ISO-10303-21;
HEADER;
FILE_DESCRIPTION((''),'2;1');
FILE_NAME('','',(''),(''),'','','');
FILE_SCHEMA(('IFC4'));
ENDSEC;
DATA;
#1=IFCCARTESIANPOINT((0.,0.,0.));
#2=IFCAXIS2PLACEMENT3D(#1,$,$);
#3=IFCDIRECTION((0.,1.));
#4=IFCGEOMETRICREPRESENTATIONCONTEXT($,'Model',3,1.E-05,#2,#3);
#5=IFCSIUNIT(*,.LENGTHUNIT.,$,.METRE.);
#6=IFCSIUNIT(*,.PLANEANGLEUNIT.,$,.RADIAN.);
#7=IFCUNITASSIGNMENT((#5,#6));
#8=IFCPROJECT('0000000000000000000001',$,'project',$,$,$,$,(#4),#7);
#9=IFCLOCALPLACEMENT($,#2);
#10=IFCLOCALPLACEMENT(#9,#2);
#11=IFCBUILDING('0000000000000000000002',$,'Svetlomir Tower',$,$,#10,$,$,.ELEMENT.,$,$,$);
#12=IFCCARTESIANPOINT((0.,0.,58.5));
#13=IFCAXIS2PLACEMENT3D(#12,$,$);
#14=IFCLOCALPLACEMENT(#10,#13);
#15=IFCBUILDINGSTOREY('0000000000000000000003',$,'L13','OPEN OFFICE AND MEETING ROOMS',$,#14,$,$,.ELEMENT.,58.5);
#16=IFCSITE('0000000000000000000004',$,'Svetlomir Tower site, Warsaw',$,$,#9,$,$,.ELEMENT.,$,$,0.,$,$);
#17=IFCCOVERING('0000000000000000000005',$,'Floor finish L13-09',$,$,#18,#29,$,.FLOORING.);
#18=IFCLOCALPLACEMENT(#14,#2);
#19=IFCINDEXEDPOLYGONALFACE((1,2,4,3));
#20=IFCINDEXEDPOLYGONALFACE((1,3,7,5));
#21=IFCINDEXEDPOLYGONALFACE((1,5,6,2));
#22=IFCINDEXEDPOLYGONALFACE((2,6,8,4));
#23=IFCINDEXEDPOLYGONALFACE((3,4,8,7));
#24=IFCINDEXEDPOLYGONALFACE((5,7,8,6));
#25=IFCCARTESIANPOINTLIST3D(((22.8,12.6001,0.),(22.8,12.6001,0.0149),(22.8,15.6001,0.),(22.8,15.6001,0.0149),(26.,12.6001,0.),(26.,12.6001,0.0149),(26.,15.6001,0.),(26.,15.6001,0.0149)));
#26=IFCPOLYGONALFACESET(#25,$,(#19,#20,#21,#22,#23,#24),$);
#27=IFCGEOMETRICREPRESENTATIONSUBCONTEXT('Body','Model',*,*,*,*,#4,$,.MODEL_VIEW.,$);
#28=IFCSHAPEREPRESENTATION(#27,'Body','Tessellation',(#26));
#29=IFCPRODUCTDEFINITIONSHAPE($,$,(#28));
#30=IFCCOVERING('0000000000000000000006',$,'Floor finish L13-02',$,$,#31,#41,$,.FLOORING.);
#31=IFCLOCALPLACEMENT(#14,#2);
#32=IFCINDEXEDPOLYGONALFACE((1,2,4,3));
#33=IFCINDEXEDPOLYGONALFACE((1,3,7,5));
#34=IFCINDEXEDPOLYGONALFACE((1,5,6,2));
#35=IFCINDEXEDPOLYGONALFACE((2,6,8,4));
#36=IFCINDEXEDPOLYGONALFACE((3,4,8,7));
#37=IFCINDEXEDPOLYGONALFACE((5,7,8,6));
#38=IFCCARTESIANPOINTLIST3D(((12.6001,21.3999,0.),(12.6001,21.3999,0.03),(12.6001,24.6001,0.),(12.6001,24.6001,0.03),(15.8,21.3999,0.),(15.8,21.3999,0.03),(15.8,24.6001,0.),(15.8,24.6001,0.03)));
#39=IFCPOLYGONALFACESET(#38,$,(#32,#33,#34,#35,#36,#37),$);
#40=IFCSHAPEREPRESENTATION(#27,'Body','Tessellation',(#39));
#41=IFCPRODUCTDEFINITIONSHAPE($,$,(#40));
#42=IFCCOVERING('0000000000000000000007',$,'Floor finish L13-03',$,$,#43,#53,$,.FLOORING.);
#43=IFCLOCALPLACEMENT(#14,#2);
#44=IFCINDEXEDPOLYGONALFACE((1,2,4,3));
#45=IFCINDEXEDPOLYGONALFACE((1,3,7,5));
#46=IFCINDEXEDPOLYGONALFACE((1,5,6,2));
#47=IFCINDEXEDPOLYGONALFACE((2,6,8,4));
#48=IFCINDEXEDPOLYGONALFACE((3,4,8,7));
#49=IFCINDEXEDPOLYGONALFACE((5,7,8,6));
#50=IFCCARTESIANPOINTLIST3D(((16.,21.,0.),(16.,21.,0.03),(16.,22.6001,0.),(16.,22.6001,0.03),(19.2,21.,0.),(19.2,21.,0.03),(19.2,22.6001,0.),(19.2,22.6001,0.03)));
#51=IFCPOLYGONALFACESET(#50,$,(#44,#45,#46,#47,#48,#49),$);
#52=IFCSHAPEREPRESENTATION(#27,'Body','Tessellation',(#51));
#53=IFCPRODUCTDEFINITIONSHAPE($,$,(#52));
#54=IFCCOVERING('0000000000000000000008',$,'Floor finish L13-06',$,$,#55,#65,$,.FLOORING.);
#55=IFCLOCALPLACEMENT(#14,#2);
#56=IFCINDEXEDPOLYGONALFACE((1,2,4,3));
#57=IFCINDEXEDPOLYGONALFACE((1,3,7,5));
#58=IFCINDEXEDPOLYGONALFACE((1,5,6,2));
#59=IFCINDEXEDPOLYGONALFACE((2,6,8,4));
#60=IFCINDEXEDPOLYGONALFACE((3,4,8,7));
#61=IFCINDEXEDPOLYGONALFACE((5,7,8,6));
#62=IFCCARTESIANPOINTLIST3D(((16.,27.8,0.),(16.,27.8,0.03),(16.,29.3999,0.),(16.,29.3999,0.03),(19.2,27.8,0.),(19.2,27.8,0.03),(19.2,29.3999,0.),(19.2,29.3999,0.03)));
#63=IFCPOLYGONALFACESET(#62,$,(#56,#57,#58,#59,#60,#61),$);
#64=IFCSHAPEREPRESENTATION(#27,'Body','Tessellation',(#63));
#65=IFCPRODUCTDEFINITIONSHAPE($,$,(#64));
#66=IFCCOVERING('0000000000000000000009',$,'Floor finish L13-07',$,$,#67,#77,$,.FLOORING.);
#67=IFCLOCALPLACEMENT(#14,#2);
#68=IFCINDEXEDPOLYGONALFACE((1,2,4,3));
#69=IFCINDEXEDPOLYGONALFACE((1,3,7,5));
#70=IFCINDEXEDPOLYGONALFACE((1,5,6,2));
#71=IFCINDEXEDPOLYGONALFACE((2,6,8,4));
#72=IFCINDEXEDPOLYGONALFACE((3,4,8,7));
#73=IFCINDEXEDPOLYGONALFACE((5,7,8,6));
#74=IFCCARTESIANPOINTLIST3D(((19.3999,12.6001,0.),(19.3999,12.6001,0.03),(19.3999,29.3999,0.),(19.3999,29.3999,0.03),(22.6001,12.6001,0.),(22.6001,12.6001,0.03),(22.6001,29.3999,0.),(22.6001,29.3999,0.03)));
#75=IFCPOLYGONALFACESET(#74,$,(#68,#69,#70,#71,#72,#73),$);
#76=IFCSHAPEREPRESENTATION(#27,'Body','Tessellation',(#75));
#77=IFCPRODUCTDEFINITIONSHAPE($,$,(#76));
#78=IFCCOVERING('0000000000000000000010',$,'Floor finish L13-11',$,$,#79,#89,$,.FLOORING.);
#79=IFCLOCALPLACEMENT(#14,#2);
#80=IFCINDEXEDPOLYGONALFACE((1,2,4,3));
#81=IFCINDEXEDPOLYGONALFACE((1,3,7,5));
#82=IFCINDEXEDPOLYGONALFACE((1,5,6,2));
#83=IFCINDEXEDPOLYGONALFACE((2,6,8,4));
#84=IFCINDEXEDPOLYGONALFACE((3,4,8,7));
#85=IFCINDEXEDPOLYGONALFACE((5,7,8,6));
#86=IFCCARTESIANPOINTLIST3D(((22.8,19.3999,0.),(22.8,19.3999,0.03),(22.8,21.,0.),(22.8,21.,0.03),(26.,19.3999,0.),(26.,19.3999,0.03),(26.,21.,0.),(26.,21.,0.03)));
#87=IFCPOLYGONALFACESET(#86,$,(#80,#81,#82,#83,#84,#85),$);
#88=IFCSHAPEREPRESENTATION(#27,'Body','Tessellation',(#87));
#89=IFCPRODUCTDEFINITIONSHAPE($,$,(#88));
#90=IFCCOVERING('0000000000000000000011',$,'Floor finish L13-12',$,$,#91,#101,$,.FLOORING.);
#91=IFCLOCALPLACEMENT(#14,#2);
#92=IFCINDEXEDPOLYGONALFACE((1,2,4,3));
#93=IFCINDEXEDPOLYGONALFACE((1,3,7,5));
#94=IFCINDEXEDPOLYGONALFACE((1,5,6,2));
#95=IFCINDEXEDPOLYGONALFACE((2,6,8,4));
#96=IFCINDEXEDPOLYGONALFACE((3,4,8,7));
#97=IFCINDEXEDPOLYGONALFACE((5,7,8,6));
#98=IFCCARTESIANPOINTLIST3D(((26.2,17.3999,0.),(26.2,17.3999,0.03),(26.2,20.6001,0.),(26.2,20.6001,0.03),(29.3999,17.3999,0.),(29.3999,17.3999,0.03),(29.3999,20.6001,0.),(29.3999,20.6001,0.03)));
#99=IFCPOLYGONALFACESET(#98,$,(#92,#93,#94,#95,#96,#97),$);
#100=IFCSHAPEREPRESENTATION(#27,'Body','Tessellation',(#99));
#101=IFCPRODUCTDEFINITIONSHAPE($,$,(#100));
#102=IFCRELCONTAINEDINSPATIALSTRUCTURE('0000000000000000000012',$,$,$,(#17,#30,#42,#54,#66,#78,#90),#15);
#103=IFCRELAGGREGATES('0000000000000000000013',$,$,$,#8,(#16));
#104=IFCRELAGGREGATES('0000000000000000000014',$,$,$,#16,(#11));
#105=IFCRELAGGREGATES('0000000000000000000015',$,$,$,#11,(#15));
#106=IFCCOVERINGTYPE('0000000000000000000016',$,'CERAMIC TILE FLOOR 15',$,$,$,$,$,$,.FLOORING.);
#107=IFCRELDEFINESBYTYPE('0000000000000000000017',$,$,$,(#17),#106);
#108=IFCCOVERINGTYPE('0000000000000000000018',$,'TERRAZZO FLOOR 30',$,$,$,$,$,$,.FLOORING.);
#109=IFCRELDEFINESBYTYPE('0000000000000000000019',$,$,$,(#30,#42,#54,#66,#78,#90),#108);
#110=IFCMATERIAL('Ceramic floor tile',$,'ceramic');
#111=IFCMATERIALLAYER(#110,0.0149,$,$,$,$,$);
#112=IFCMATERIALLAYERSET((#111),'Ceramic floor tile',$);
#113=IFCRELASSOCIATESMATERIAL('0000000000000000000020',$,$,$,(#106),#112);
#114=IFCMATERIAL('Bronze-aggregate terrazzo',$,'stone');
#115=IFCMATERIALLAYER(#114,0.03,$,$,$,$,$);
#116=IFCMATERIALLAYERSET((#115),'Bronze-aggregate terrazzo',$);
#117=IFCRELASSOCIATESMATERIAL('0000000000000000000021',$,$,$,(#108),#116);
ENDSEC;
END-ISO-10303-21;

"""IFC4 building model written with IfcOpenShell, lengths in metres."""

from ifc_helpers import new_model, si_unit, direction, frame, origin, place, context, subcontext, project, spatial, polyline, outline, extrude, material, layer, layer_set, type_object, element, save


model = new_model("IFC4")

# Units and contexts
model_context = context("Model", 3, precision=1e-05, world=origin(), true_north=direction((0.0, 1.0)))
body_context = subcontext(model_context, "Body", "Model", "MODEL_VIEW")
ifc_project = project(units=[si_unit("LENGTHUNIT", "METRE"), si_unit("PLANEANGLEUNIT", "RADIAN")], contexts=[model_context])

# Site, building, storey
site_placement = place(None, origin())
site = spatial("IfcSite", under=ifc_project, at=site_placement, Name="Svetlomir Tower site, Warsaw", CompositionType="ELEMENT", RefElevation=0.0)
building_placement = place(site_placement, origin())
building = spatial("IfcBuilding", under=site, at=building_placement, Name="Svetlomir Tower", CompositionType="ELEMENT")
storey_placement = place(building_placement, frame((0.0, 0.0, 58.5)))
storey = spatial("IfcBuildingStorey", under=building, at=storey_placement, Name="L13", Description="OPEN OFFICE AND MEETING ROOMS", CompositionType="ELEMENT", Elevation=58.5)

# Coverings
ifc_material_1 = material(Name="Ceramic floor tile", Category="ceramic")
ifc_layer_1 = layer(ifc_material_1, 0.0149)
ifc_layer_set_1 = layer_set([ifc_layer_1], Name="Ceramic floor tile")
covering_type_1 = type_object("IfcCoveringType", Name="CERAMIC TILE FLOOR 15", PredefinedType="FLOORING", material=ifc_layer_set_1)
covering_1_placement = place(storey_placement, origin())
element("IfcCovering", 1, at=covering_1_placement, inside=storey, type_object=covering_type_1, Name="Floor finish L13-09", PredefinedType="FLOORING", context=body_context, shape_type="SweptSolid", body=[
    extrude(outline(polyline([(22.8, 12.6001), (26.0, 12.6001), (26.0, 15.6001), (22.8, 15.6001), (22.8, 12.6001)])), origin(), (0.0, 0.0, 1.0), 0.0149),
])
ifc_material_2 = material(Name="Bronze-aggregate terrazzo", Category="stone")
ifc_layer_2 = layer(ifc_material_2, 0.03)
ifc_layer_set_2 = layer_set([ifc_layer_2], Name="Bronze-aggregate terrazzo")
covering_type_2 = type_object("IfcCoveringType", Name="TERRAZZO FLOOR 30", PredefinedType="FLOORING", material=ifc_layer_set_2)
covering_2_placement = place(storey_placement, origin())
element("IfcCovering", 2, at=covering_2_placement, inside=storey, type_object=covering_type_2, Name="Floor finish L13-02", PredefinedType="FLOORING", context=body_context, shape_type="SweptSolid", body=[
    extrude(outline(polyline([(12.6001, 21.3999), (15.8, 21.3999), (15.8, 24.6001), (12.6001, 24.6001), (12.6001, 21.3999)])), origin(), (0.0, 0.0, 1.0), 0.03),
])
covering_3_placement = place(storey_placement, origin())
element("IfcCovering", 3, at=covering_3_placement, inside=storey, type_object=covering_type_2, Name="Floor finish L13-03", PredefinedType="FLOORING", context=body_context, shape_type="SweptSolid", body=[
    extrude(outline(polyline([(16.0, 21.0), (19.2, 21.0), (19.2, 22.6001), (16.0, 22.6001), (16.0, 21.0)])), origin(), (0.0, 0.0, 1.0), 0.03),
])
covering_4_placement = place(storey_placement, origin())
element("IfcCovering", 4, at=covering_4_placement, inside=storey, type_object=covering_type_2, Name="Floor finish L13-06", PredefinedType="FLOORING", context=body_context, shape_type="SweptSolid", body=[
    extrude(outline(polyline([(16.0, 27.8), (19.2, 27.8), (19.2, 29.3999), (16.0, 29.3999), (16.0, 27.8)])), origin(), (0.0, 0.0, 1.0), 0.03),
])
covering_5_placement = place(storey_placement, origin())
element("IfcCovering", 5, at=covering_5_placement, inside=storey, type_object=covering_type_2, Name="Floor finish L13-07", PredefinedType="FLOORING", context=body_context, shape_type="SweptSolid", body=[
    extrude(outline(polyline([(19.3999, 12.6001), (22.6001, 12.6001), (22.6001, 29.3999), (19.3999, 29.3999), (19.3999, 12.6001)])), origin(), (0.0, 0.0, 1.0), 0.03),
])
covering_6_placement = place(storey_placement, origin())
element("IfcCovering", 6, at=covering_6_placement, inside=storey, type_object=covering_type_2, Name="Floor finish L13-11", PredefinedType="FLOORING", context=body_context, shape_type="SweptSolid", body=[
    extrude(outline(polyline([(22.8, 19.3999), (26.0, 19.3999), (26.0, 21.0), (22.8, 21.0), (22.8, 19.3999)])), origin(), (0.0, 0.0, 1.0), 0.03),
])
covering_7_placement = place(storey_placement, origin())
element("IfcCovering", 7, at=covering_7_placement, inside=storey, type_object=covering_type_2, Name="Floor finish L13-12", PredefinedType="FLOORING", context=body_context, shape_type="SweptSolid", body=[
    extrude(outline(polyline([(26.2, 17.3999), (29.3999, 17.3999), (29.3999, 20.6001), (26.2, 20.6001), (26.2, 17.3999)])), origin(), (0.0, 0.0, 1.0), 0.03),
])

save(model, "model.ifc")
